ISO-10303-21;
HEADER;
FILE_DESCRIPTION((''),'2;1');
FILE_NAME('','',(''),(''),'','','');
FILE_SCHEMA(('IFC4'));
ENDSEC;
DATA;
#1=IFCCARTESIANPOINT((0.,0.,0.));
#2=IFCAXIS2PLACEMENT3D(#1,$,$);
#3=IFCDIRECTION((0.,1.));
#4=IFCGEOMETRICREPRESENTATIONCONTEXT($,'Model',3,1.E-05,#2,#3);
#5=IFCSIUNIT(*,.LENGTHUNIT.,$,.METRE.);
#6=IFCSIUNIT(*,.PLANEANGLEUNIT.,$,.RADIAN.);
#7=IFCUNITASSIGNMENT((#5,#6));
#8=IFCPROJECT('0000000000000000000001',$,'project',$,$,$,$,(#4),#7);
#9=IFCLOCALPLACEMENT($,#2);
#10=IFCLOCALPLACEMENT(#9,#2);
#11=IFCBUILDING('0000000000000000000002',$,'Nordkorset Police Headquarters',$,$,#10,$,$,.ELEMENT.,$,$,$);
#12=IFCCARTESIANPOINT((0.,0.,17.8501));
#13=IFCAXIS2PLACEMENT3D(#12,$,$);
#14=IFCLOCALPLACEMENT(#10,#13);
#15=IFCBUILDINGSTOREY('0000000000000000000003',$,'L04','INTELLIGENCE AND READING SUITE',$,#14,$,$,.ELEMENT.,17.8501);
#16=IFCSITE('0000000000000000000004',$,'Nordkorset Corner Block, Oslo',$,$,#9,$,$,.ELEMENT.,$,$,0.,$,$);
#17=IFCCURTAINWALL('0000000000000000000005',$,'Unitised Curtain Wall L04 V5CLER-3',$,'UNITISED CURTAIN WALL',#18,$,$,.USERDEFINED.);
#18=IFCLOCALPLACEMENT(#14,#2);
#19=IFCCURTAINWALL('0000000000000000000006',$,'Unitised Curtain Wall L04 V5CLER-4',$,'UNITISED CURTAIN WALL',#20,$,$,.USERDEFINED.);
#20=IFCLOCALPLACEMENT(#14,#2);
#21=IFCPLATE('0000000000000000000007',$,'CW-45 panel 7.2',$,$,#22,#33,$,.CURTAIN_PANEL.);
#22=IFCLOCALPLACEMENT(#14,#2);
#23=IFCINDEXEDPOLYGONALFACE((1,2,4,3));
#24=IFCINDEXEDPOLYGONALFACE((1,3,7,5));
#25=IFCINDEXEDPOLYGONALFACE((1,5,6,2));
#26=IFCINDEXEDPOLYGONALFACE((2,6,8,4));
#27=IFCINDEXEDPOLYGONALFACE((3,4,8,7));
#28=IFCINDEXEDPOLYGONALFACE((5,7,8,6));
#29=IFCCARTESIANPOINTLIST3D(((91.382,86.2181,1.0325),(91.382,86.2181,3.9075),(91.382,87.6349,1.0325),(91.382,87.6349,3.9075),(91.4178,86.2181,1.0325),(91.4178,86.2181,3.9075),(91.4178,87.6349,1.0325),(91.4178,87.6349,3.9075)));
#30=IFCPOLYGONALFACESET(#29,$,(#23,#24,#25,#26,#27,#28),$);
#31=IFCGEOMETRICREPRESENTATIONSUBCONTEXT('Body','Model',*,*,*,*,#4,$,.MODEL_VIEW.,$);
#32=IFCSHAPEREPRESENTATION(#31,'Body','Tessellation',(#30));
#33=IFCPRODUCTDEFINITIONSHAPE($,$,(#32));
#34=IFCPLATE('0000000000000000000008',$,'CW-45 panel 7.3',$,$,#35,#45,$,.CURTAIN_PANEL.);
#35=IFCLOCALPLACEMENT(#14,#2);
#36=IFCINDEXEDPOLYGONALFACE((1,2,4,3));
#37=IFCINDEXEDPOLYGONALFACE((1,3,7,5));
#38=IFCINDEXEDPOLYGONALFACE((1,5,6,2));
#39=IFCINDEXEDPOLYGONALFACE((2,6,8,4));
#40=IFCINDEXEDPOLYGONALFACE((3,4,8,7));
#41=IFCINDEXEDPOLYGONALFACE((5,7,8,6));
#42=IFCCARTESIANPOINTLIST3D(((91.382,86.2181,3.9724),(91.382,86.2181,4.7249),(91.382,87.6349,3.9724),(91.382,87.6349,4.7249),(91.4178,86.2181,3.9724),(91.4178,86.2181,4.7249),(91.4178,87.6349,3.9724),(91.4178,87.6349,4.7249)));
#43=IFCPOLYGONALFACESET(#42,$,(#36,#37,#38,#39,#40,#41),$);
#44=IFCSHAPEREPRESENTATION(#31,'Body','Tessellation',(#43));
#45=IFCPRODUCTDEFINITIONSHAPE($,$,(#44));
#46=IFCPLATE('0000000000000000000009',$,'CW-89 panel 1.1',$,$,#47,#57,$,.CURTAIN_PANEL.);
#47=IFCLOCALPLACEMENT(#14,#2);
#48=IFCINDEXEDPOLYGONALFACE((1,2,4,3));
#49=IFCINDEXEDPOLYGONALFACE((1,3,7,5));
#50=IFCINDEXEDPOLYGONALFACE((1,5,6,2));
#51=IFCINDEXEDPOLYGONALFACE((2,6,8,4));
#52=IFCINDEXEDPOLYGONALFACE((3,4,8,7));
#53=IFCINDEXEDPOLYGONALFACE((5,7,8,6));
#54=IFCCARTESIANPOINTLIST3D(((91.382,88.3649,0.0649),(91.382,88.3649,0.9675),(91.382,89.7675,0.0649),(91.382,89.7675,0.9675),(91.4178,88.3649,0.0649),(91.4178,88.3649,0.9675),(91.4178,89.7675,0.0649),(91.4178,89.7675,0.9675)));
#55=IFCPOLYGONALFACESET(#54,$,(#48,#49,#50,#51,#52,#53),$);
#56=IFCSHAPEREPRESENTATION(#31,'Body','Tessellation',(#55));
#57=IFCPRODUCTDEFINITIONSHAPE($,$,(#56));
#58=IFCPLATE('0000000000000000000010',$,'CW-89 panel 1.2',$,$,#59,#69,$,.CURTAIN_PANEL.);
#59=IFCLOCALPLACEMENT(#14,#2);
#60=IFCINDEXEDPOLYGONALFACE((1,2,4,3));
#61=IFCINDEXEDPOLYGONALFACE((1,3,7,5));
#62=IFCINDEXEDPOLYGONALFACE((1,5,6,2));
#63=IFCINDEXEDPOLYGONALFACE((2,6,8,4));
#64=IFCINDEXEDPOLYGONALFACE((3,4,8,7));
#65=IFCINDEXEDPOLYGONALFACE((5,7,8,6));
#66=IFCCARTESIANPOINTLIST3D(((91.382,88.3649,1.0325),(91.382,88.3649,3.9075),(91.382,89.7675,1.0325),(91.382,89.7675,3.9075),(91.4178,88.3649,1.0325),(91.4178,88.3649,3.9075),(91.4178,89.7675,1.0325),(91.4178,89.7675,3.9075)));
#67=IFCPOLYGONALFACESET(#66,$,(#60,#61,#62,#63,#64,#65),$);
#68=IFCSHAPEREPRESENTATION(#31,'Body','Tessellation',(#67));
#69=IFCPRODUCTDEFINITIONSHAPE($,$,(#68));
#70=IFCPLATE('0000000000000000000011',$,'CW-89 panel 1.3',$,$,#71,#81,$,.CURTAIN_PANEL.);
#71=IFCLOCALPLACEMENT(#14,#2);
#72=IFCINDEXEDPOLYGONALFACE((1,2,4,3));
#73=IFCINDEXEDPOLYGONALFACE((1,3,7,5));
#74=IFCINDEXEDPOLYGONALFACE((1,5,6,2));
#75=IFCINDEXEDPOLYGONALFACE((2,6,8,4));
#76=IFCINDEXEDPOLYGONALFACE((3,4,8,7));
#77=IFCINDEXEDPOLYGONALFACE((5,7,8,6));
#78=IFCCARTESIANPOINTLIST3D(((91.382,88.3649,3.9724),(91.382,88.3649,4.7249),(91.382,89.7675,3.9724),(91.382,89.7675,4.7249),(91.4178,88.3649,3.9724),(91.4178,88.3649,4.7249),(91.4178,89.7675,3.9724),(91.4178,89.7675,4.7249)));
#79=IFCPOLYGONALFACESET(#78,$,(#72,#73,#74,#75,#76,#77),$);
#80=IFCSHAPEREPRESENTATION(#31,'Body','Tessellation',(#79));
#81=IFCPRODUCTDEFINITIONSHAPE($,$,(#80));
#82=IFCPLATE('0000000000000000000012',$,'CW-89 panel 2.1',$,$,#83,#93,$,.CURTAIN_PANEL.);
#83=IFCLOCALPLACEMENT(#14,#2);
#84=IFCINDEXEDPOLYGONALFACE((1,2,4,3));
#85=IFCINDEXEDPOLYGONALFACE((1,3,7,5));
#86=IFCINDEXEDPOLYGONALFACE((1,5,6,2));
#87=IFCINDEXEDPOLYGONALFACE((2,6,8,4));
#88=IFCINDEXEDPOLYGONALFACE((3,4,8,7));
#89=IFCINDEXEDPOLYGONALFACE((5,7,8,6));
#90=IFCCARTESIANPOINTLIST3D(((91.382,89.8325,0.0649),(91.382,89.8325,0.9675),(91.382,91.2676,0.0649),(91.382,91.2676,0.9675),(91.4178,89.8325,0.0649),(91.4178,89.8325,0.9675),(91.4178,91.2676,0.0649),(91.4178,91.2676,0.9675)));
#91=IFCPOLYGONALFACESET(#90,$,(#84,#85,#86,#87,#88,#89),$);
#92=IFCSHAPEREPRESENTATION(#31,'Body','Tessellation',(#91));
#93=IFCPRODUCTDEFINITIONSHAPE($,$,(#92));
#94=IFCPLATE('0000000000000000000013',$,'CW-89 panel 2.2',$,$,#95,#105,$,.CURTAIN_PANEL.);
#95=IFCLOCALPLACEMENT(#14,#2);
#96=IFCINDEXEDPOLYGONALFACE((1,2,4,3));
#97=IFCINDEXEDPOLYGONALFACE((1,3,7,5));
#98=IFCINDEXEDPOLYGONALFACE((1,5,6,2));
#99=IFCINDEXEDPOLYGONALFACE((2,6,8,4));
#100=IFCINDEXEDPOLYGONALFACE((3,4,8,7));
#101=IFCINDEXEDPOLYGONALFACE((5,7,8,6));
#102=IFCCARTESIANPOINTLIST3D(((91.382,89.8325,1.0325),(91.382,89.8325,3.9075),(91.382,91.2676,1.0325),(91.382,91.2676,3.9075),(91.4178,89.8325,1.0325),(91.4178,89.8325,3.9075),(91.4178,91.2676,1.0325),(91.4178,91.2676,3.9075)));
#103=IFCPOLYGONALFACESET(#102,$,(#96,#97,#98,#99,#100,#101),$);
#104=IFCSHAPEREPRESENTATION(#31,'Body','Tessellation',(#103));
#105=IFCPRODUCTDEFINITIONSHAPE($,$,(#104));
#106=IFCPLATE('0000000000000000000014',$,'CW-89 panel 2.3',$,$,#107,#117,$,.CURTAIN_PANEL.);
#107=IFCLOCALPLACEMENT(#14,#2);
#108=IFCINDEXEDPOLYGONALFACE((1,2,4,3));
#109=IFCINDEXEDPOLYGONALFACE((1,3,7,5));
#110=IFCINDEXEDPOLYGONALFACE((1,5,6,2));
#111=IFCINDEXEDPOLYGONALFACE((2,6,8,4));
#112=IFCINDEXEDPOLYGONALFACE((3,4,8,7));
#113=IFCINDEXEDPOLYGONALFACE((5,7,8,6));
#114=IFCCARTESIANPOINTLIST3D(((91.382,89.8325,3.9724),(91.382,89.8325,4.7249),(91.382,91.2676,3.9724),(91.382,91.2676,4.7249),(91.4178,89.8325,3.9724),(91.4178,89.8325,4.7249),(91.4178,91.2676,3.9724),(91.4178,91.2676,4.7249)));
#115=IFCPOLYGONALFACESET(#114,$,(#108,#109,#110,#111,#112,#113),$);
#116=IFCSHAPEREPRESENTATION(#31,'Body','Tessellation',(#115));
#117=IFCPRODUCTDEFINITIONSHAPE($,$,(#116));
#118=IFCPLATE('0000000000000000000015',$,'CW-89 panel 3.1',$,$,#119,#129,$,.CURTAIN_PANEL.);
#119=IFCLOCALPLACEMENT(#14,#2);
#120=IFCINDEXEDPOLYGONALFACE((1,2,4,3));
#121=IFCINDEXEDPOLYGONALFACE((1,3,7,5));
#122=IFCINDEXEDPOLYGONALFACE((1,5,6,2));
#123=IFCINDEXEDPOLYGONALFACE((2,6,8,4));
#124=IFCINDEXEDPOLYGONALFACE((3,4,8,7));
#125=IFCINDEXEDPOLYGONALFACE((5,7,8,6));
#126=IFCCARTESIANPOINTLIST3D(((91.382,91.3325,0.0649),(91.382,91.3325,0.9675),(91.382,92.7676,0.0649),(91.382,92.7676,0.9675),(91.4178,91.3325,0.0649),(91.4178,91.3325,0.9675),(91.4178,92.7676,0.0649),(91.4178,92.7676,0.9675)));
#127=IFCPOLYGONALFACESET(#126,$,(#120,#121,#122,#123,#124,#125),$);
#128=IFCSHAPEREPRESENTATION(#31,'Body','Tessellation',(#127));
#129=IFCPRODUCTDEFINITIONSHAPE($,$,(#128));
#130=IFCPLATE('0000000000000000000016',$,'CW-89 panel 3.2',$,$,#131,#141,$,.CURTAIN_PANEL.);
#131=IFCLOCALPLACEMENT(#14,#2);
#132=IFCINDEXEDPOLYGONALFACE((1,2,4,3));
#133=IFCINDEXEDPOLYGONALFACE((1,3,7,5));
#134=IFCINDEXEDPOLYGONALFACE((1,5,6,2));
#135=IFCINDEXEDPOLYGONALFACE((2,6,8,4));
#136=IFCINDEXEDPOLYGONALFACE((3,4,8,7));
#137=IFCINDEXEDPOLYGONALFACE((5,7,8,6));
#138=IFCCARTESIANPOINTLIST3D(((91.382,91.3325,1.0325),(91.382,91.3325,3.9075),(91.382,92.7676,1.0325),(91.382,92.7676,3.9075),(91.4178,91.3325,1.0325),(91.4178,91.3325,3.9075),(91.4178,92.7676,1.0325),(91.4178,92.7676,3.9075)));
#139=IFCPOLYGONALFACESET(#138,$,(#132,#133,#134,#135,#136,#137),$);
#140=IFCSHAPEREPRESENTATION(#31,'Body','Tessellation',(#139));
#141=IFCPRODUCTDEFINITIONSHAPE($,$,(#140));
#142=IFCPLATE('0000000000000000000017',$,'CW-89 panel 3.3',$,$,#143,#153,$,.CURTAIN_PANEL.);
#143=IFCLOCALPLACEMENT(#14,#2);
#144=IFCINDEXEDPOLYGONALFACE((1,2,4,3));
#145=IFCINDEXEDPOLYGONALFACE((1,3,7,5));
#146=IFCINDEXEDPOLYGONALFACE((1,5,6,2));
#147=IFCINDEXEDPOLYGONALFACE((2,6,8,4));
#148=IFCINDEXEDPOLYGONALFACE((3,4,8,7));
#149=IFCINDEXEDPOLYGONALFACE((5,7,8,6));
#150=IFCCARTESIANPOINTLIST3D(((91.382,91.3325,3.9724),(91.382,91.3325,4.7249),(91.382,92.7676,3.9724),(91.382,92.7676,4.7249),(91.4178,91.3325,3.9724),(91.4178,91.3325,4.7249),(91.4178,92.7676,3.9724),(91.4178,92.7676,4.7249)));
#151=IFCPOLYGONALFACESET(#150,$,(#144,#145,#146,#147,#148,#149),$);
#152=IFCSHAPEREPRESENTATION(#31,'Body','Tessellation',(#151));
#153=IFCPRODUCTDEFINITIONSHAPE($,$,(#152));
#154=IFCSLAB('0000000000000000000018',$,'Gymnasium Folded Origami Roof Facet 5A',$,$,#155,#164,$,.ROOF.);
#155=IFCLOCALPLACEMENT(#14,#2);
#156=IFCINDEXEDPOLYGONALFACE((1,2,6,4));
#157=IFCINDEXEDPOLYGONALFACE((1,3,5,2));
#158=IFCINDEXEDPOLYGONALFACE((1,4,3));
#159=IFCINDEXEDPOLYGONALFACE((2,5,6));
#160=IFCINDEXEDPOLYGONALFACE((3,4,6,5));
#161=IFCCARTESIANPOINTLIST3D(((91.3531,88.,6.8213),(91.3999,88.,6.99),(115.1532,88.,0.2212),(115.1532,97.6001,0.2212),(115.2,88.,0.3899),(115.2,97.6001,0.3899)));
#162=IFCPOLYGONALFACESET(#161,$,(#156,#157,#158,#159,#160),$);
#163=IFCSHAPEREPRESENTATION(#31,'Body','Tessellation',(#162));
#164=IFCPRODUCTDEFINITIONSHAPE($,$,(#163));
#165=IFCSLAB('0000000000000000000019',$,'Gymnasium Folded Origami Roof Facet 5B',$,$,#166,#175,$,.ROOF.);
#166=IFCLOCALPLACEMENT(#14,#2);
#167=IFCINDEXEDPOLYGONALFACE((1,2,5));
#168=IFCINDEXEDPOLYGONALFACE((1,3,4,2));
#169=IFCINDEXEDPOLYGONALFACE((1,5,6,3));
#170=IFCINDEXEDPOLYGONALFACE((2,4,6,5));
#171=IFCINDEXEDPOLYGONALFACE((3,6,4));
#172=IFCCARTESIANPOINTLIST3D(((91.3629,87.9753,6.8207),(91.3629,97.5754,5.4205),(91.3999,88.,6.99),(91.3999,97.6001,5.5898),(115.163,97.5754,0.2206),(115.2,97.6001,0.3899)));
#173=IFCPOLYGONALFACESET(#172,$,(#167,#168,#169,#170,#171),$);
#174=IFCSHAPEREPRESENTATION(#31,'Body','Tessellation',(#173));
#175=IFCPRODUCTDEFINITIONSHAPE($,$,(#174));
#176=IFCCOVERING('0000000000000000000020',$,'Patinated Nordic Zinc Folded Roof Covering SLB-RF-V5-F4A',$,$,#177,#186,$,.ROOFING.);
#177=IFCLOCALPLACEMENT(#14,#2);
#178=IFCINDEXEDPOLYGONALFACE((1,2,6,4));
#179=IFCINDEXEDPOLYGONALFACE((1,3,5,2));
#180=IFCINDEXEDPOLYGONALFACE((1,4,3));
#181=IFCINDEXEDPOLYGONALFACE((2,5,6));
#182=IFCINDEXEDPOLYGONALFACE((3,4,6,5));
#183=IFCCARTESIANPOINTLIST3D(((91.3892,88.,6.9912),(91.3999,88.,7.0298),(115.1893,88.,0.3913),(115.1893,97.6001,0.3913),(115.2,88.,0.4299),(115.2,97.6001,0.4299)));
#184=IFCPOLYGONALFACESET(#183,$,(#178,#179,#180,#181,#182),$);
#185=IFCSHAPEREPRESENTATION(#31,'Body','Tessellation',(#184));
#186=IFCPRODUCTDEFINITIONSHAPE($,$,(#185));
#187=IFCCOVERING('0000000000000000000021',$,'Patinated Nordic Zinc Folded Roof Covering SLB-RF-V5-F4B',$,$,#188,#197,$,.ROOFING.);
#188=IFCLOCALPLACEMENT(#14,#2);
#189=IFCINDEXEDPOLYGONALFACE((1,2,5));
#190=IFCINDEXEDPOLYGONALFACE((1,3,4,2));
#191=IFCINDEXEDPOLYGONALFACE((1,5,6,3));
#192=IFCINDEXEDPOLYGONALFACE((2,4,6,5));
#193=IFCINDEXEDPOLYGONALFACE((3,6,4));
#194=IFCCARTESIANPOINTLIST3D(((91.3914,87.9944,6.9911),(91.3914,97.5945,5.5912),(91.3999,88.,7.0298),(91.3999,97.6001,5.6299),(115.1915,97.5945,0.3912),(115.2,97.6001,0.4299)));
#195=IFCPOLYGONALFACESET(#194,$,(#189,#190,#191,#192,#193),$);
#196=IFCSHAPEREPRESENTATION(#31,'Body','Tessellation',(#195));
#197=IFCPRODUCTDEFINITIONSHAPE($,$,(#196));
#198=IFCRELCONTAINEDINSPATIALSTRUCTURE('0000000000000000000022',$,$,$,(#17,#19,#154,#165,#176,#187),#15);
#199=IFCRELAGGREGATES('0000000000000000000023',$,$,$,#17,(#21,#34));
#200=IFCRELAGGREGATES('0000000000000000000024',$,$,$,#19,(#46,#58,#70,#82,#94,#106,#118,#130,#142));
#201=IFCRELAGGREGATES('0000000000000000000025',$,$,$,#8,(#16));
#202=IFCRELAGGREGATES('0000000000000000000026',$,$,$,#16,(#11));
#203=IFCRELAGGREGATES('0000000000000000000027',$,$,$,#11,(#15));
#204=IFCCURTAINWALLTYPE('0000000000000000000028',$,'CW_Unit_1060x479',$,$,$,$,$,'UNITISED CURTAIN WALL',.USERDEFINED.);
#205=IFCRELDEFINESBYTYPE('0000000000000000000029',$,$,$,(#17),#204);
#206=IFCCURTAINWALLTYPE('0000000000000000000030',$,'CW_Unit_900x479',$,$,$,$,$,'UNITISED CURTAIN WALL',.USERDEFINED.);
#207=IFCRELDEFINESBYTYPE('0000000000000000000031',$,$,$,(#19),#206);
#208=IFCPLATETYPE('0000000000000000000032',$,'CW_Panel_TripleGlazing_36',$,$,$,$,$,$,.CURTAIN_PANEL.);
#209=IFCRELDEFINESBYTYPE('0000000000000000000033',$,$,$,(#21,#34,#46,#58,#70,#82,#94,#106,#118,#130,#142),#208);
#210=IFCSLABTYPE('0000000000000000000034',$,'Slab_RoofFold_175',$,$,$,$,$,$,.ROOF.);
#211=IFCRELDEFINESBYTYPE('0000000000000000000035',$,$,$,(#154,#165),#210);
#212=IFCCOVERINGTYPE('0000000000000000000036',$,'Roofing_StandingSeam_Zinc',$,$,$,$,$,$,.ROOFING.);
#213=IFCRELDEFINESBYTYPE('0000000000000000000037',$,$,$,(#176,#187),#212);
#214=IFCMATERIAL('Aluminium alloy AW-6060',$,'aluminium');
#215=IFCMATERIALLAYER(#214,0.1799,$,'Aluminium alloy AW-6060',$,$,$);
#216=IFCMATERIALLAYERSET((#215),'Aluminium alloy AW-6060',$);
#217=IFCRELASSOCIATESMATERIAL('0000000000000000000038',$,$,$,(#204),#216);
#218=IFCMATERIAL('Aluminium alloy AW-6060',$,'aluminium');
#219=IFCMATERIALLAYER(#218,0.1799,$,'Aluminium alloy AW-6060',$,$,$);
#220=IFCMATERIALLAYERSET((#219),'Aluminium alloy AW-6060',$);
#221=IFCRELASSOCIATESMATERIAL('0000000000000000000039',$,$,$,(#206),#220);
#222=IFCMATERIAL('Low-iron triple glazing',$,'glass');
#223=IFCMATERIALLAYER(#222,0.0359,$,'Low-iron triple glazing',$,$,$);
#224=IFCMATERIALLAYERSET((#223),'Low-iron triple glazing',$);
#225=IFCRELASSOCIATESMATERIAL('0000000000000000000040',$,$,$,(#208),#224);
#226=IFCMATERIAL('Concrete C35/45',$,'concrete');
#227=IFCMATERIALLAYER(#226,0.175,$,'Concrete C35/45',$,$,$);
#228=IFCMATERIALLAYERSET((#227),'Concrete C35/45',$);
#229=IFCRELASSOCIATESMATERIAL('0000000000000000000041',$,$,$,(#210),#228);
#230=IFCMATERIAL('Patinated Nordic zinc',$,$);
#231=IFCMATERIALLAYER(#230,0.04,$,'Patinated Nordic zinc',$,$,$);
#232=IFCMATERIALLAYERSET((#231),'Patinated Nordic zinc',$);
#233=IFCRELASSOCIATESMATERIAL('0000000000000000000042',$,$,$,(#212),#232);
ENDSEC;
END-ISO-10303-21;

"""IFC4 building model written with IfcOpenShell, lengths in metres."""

from ifc_helpers import new_model, si_unit, direction, frame, origin, origin_2d, place, context, subcontext, project, spatial, polyline, rectangle, outline, extrude, material, layer, layer_set, type_object, element, aggregate, save


model = new_model("IFC4")

# Units and contexts
model_context = context("Model", 3, precision=1e-05, world=origin(), true_north=direction((0.0, 1.0)))
body_context = subcontext(model_context, "Body", "Model", "MODEL_VIEW")
ifc_project = project(units=[si_unit("LENGTHUNIT", "METRE"), si_unit("PLANEANGLEUNIT", "RADIAN")], contexts=[model_context])

# Site, building, storey
site_placement = place(None, origin())
site = spatial("IfcSite", under=ifc_project, at=site_placement, Name="Nordkorset Corner Block, Oslo", CompositionType="ELEMENT", RefElevation=0.0)
building_placement = place(site_placement, origin())
building = spatial("IfcBuilding", under=site, at=building_placement, Name="Nordkorset Police Headquarters", CompositionType="ELEMENT")
storey_placement = place(building_placement, frame((0.0, 0.0, 17.8501)))
storey = spatial("IfcBuildingStorey", under=building, at=storey_placement, Name="L04", Description="INTELLIGENCE AND READING SUITE", CompositionType="ELEMENT", Elevation=17.8501)

# Curtain wall
ifc_material_1 = material(Name="Aluminium alloy AW-6060", Category="aluminium")
ifc_layer_1 = layer(ifc_material_1, 0.1799, Name="Aluminium alloy AW-6060")
ifc_layer_set_1 = layer_set([ifc_layer_1], Name="Aluminium alloy AW-6060")
curtain_wall_type_1 = type_object("IfcCurtainWallType", Name="CW_Unit_1060x479", ElementType="UNITISED CURTAIN WALL", PredefinedType="USERDEFINED", material=ifc_layer_set_1)
curtain_wall_1_placement = place(storey_placement, origin())
curtain_wall_1 = element("IfcCurtainWall", 1, at=curtain_wall_1_placement, inside=storey, type_object=curtain_wall_type_1, Name="Unitised Curtain Wall L04 V5CLER-3", ObjectType="UNITISED CURTAIN WALL", PredefinedType="USERDEFINED")

# Curtain wall
ifc_material_2 = material(Name="Aluminium alloy AW-6060", Category="aluminium")
ifc_layer_2 = layer(ifc_material_2, 0.1799, Name="Aluminium alloy AW-6060")
ifc_layer_set_2 = layer_set([ifc_layer_2], Name="Aluminium alloy AW-6060")
curtain_wall_type_2 = type_object("IfcCurtainWallType", Name="CW_Unit_900x479", ElementType="UNITISED CURTAIN WALL", PredefinedType="USERDEFINED", material=ifc_layer_set_2)
curtain_wall_2_placement = place(storey_placement, origin())
curtain_wall_2 = element("IfcCurtainWall", 2, at=curtain_wall_2_placement, inside=storey, type_object=curtain_wall_type_2, Name="Unitised Curtain Wall L04 V5CLER-4", ObjectType="UNITISED CURTAIN WALL", PredefinedType="USERDEFINED")

# Plates
ifc_material_3 = material(Name="Low-iron triple glazing", Category="glass")
ifc_layer_3 = layer(ifc_material_3, 0.0359, Name="Low-iron triple glazing")
ifc_layer_set_3 = layer_set([ifc_layer_3], Name="Low-iron triple glazing")
plate_type = type_object("IfcPlateType", Name="CW_Panel_TripleGlazing_36", PredefinedType="CURTAIN_PANEL", material=ifc_layer_set_3)
plate_1_placement = place(storey_placement, frame((91.3999, 86.9265, 1.0325), z_axis=(0.0, 0.0, 1.0), x_axis=(0.0, 1.0, 0.0)))
plate_1 = element("IfcPlate", 3, at=plate_1_placement, type_object=plate_type, Name="CW-45 panel 7.2", PredefinedType="CURTAIN_PANEL", context=body_context, shape_type="SweptSolid", body=[
    extrude(rectangle(XDim=1.4167, YDim=0.0359, at=origin_2d()), origin(), (0.0, 0.0, 1.0), 2.875),
])
plate_2_placement = place(storey_placement, frame((91.3999, 86.9265, 3.9724), z_axis=(0.0, 0.0, 1.0), x_axis=(0.0, 1.0, 0.0)))
plate_2 = element("IfcPlate", 4, at=plate_2_placement, type_object=plate_type, Name="CW-45 panel 7.3", PredefinedType="CURTAIN_PANEL", context=body_context, shape_type="SweptSolid", body=[
    extrude(rectangle(XDim=1.4167, YDim=0.0359, at=origin_2d()), origin(), (0.0, 0.0, 1.0), 0.7524),
])
aggregate(curtain_wall_1, [plate_1, plate_2])
plate_3_placement = place(storey_placement, frame((91.3999, 89.0662, 0.0649), z_axis=(0.0, 0.0, 1.0), x_axis=(0.0, 1.0, 0.0)))
plate_3 = element("IfcPlate", 5, at=plate_3_placement, type_object=plate_type, Name="CW-89 panel 1.1", PredefinedType="CURTAIN_PANEL", context=body_context, shape_type="SweptSolid", body=[
    extrude(rectangle(XDim=1.4026, YDim=0.0359, at=origin_2d()), origin(), (0.0, 0.0, 1.0), 0.9026),
])
plate_4_placement = place(storey_placement, frame((91.3999, 89.0662, 1.0325), z_axis=(0.0, 0.0, 1.0), x_axis=(0.0, 1.0, 0.0)))
plate_4 = element("IfcPlate", 6, at=plate_4_placement, type_object=plate_type, Name="CW-89 panel 1.2", PredefinedType="CURTAIN_PANEL", context=body_context, shape_type="SweptSolid", body=[
    extrude(rectangle(XDim=1.4026, YDim=0.0359, at=origin_2d()), origin(), (0.0, 0.0, 1.0), 2.875),
])
plate_5_placement = place(storey_placement, frame((91.3999, 89.0662, 3.9724), z_axis=(0.0, 0.0, 1.0), x_axis=(0.0, 1.0, 0.0)))
plate_5 = element("IfcPlate", 7, at=plate_5_placement, type_object=plate_type, Name="CW-89 panel 1.3", PredefinedType="CURTAIN_PANEL", context=body_context, shape_type="SweptSolid", body=[
    extrude(rectangle(XDim=1.4026, YDim=0.0359, at=origin_2d()), origin(), (0.0, 0.0, 1.0), 0.7524),
])
plate_6_placement = place(storey_placement, frame((91.3999, 90.55, 0.0649), z_axis=(0.0, 0.0, 1.0), x_axis=(0.0, 1.0, 0.0)))
plate_6 = element("IfcPlate", 8, at=plate_6_placement, type_object=plate_type, Name="CW-89 panel 2.1", PredefinedType="CURTAIN_PANEL", context=body_context, shape_type="SweptSolid", body=[
    extrude(rectangle(XDim=1.4351, YDim=0.0359, at=origin_2d()), origin(), (0.0, 0.0, 1.0), 0.9026),
])
plate_7_placement = place(storey_placement, frame((91.3999, 90.55, 1.0325), z_axis=(0.0, 0.0, 1.0), x_axis=(0.0, 1.0, 0.0)))
plate_7 = element("IfcPlate", 9, at=plate_7_placement, type_object=plate_type, Name="CW-89 panel 2.2", PredefinedType="CURTAIN_PANEL", context=body_context, shape_type="SweptSolid", body=[
    extrude(rectangle(XDim=1.4351, YDim=0.0359, at=origin_2d()), origin(), (0.0, 0.0, 1.0), 2.875),
])
plate_8_placement = place(storey_placement, frame((91.3999, 90.55, 3.9724), z_axis=(0.0, 0.0, 1.0), x_axis=(0.0, 1.0, 0.0)))
plate_8 = element("IfcPlate", 10, at=plate_8_placement, type_object=plate_type, Name="CW-89 panel 2.3", PredefinedType="CURTAIN_PANEL", context=body_context, shape_type="SweptSolid", body=[
    extrude(rectangle(XDim=1.4351, YDim=0.0359, at=origin_2d()), origin(), (0.0, 0.0, 1.0), 0.7524),
])
plate_9_placement = place(storey_placement, frame((91.3999, 92.05, 0.0649), z_axis=(0.0, 0.0, 1.0), x_axis=(0.0, 1.0, 0.0)))
plate_9 = element("IfcPlate", 11, at=plate_9_placement, type_object=plate_type, Name="CW-89 panel 3.1", PredefinedType="CURTAIN_PANEL", context=body_context, shape_type="SweptSolid", body=[
    extrude(rectangle(XDim=1.4351, YDim=0.0359, at=origin_2d()), origin(), (0.0, 0.0, 1.0), 0.9026),
])
plate_10_placement = place(storey_placement, frame((91.3999, 92.05, 1.0325), z_axis=(0.0, 0.0, 1.0), x_axis=(0.0, 1.0, 0.0)))
plate_10 = element("IfcPlate", 12, at=plate_10_placement, type_object=plate_type, Name="CW-89 panel 3.2", PredefinedType="CURTAIN_PANEL", context=body_context, shape_type="SweptSolid", body=[
    extrude(rectangle(XDim=1.4351, YDim=0.0359, at=origin_2d()), origin(), (0.0, 0.0, 1.0), 2.875),
])
plate_11_placement = place(storey_placement, frame((91.3999, 92.05, 3.9724), z_axis=(0.0, 0.0, 1.0), x_axis=(0.0, 1.0, 0.0)))
plate_11 = element("IfcPlate", 13, at=plate_11_placement, type_object=plate_type, Name="CW-89 panel 3.3", PredefinedType="CURTAIN_PANEL", context=body_context, shape_type="SweptSolid", body=[
    extrude(rectangle(XDim=1.4351, YDim=0.0359, at=origin_2d()), origin(), (0.0, 0.0, 1.0), 0.7524),
])
aggregate(curtain_wall_2, [plate_3, plate_4, plate_5, plate_6, plate_7, plate_8, plate_9, plate_10, plate_11])

# Slabs
ifc_material_4 = material(Name="Concrete C35/45", Category="concrete")
ifc_layer_4 = layer(ifc_material_4, 0.175, Name="Concrete C35/45")
ifc_layer_set_4 = layer_set([ifc_layer_4], Name="Concrete C35/45")
slab_type = type_object("IfcSlabType", Name="Slab_RoofFold_175", PredefinedType="ROOF", material=ifc_layer_set_4)
slab_1_placement = place(storey_placement, frame((91.3999, 88.0, 6.99), z_axis=(0.267229, 0.0, 0.963633), x_axis=(0.963633, 0.0, -0.267229)))
element("IfcSlab", 14, at=slab_1_placement, inside=storey, type_object=slab_type, Name="Gymnasium Folded Origami Roof Facet 5A", PredefinedType="ROOF", context=body_context, shape_type="SweptSolid", body=[
    extrude(outline(polyline([(0.0, 0.0), (24.6983, 0.0), (24.6983, 9.6001), (0.0, 0.0)])), origin(), (0.0, 0.0, -1.0), 0.175),
])
slab_2_placement = place(storey_placement, frame((91.3999, 88.0, 6.99), z_axis=(0.211315, 0.141061, 0.967185), x_axis=(0.898169, 0.36229, -0.249075)))
element("IfcSlab", 15, at=slab_2_placement, inside=storey, type_object=slab_type, Name="Gymnasium Folded Origami Roof Facet 5B", PredefinedType="ROOF", context=body_context, shape_type="SweptSolid", body=[
    extrude(outline(polyline([(0.0, 0.0), (26.4984, 0.0), (3.8268, 8.9151), (0.0, 0.0)])), origin(), (0.0, 0.0, -1.0), 0.175),
])

# Coverings
ifc_material_5 = material(Name="Patinated Nordic zinc")
ifc_layer_5 = layer(ifc_material_5, 0.04, Name="Patinated Nordic zinc")
ifc_layer_set_5 = layer_set([ifc_layer_5], Name="Patinated Nordic zinc")
covering_type = type_object("IfcCoveringType", Name="Roofing_StandingSeam_Zinc", PredefinedType="ROOFING", material=ifc_layer_set_5)
covering_1_placement = place(storey_placement, frame((91.3999, 88.0, 7.0298), z_axis=(0.26722, 0.0, 0.963636), x_axis=(0.963636, 0.0, -0.26722)))
element("IfcCovering", 16, at=covering_1_placement, inside=storey, type_object=covering_type, Name="Patinated Nordic Zinc Folded Roof Covering SLB-RF-V5-F4A", PredefinedType="ROOFING", context=body_context, shape_type="SweptSolid", body=[
    extrude(outline(polyline([(0.0, 0.0), (24.6982, 0.0), (24.6982, 9.6001), (0.0, 0.0)])), origin(), (0.0, 0.0, -1.0), 0.04),
])
covering_2_placement = place(storey_placement, frame((91.3999, 88.0, 7.0298), z_axis=(0.211316, 0.141037, 0.967189), x_axis=(0.898171, 0.36229, -0.249067)))
element("IfcCovering", 17, at=covering_2_placement, inside=storey, type_object=covering_type, Name="Patinated Nordic Zinc Folded Roof Covering SLB-RF-V5-F4B", PredefinedType="ROOFING", context=body_context, shape_type="SweptSolid", body=[
    extrude(outline(polyline([(0.0, 0.0), (26.4983, 0.0), (3.8267, 8.915), (0.0, 0.0)])), origin(), (0.0, 0.0, -1.0), 0.04),
])

save(model, "model.ifc")
